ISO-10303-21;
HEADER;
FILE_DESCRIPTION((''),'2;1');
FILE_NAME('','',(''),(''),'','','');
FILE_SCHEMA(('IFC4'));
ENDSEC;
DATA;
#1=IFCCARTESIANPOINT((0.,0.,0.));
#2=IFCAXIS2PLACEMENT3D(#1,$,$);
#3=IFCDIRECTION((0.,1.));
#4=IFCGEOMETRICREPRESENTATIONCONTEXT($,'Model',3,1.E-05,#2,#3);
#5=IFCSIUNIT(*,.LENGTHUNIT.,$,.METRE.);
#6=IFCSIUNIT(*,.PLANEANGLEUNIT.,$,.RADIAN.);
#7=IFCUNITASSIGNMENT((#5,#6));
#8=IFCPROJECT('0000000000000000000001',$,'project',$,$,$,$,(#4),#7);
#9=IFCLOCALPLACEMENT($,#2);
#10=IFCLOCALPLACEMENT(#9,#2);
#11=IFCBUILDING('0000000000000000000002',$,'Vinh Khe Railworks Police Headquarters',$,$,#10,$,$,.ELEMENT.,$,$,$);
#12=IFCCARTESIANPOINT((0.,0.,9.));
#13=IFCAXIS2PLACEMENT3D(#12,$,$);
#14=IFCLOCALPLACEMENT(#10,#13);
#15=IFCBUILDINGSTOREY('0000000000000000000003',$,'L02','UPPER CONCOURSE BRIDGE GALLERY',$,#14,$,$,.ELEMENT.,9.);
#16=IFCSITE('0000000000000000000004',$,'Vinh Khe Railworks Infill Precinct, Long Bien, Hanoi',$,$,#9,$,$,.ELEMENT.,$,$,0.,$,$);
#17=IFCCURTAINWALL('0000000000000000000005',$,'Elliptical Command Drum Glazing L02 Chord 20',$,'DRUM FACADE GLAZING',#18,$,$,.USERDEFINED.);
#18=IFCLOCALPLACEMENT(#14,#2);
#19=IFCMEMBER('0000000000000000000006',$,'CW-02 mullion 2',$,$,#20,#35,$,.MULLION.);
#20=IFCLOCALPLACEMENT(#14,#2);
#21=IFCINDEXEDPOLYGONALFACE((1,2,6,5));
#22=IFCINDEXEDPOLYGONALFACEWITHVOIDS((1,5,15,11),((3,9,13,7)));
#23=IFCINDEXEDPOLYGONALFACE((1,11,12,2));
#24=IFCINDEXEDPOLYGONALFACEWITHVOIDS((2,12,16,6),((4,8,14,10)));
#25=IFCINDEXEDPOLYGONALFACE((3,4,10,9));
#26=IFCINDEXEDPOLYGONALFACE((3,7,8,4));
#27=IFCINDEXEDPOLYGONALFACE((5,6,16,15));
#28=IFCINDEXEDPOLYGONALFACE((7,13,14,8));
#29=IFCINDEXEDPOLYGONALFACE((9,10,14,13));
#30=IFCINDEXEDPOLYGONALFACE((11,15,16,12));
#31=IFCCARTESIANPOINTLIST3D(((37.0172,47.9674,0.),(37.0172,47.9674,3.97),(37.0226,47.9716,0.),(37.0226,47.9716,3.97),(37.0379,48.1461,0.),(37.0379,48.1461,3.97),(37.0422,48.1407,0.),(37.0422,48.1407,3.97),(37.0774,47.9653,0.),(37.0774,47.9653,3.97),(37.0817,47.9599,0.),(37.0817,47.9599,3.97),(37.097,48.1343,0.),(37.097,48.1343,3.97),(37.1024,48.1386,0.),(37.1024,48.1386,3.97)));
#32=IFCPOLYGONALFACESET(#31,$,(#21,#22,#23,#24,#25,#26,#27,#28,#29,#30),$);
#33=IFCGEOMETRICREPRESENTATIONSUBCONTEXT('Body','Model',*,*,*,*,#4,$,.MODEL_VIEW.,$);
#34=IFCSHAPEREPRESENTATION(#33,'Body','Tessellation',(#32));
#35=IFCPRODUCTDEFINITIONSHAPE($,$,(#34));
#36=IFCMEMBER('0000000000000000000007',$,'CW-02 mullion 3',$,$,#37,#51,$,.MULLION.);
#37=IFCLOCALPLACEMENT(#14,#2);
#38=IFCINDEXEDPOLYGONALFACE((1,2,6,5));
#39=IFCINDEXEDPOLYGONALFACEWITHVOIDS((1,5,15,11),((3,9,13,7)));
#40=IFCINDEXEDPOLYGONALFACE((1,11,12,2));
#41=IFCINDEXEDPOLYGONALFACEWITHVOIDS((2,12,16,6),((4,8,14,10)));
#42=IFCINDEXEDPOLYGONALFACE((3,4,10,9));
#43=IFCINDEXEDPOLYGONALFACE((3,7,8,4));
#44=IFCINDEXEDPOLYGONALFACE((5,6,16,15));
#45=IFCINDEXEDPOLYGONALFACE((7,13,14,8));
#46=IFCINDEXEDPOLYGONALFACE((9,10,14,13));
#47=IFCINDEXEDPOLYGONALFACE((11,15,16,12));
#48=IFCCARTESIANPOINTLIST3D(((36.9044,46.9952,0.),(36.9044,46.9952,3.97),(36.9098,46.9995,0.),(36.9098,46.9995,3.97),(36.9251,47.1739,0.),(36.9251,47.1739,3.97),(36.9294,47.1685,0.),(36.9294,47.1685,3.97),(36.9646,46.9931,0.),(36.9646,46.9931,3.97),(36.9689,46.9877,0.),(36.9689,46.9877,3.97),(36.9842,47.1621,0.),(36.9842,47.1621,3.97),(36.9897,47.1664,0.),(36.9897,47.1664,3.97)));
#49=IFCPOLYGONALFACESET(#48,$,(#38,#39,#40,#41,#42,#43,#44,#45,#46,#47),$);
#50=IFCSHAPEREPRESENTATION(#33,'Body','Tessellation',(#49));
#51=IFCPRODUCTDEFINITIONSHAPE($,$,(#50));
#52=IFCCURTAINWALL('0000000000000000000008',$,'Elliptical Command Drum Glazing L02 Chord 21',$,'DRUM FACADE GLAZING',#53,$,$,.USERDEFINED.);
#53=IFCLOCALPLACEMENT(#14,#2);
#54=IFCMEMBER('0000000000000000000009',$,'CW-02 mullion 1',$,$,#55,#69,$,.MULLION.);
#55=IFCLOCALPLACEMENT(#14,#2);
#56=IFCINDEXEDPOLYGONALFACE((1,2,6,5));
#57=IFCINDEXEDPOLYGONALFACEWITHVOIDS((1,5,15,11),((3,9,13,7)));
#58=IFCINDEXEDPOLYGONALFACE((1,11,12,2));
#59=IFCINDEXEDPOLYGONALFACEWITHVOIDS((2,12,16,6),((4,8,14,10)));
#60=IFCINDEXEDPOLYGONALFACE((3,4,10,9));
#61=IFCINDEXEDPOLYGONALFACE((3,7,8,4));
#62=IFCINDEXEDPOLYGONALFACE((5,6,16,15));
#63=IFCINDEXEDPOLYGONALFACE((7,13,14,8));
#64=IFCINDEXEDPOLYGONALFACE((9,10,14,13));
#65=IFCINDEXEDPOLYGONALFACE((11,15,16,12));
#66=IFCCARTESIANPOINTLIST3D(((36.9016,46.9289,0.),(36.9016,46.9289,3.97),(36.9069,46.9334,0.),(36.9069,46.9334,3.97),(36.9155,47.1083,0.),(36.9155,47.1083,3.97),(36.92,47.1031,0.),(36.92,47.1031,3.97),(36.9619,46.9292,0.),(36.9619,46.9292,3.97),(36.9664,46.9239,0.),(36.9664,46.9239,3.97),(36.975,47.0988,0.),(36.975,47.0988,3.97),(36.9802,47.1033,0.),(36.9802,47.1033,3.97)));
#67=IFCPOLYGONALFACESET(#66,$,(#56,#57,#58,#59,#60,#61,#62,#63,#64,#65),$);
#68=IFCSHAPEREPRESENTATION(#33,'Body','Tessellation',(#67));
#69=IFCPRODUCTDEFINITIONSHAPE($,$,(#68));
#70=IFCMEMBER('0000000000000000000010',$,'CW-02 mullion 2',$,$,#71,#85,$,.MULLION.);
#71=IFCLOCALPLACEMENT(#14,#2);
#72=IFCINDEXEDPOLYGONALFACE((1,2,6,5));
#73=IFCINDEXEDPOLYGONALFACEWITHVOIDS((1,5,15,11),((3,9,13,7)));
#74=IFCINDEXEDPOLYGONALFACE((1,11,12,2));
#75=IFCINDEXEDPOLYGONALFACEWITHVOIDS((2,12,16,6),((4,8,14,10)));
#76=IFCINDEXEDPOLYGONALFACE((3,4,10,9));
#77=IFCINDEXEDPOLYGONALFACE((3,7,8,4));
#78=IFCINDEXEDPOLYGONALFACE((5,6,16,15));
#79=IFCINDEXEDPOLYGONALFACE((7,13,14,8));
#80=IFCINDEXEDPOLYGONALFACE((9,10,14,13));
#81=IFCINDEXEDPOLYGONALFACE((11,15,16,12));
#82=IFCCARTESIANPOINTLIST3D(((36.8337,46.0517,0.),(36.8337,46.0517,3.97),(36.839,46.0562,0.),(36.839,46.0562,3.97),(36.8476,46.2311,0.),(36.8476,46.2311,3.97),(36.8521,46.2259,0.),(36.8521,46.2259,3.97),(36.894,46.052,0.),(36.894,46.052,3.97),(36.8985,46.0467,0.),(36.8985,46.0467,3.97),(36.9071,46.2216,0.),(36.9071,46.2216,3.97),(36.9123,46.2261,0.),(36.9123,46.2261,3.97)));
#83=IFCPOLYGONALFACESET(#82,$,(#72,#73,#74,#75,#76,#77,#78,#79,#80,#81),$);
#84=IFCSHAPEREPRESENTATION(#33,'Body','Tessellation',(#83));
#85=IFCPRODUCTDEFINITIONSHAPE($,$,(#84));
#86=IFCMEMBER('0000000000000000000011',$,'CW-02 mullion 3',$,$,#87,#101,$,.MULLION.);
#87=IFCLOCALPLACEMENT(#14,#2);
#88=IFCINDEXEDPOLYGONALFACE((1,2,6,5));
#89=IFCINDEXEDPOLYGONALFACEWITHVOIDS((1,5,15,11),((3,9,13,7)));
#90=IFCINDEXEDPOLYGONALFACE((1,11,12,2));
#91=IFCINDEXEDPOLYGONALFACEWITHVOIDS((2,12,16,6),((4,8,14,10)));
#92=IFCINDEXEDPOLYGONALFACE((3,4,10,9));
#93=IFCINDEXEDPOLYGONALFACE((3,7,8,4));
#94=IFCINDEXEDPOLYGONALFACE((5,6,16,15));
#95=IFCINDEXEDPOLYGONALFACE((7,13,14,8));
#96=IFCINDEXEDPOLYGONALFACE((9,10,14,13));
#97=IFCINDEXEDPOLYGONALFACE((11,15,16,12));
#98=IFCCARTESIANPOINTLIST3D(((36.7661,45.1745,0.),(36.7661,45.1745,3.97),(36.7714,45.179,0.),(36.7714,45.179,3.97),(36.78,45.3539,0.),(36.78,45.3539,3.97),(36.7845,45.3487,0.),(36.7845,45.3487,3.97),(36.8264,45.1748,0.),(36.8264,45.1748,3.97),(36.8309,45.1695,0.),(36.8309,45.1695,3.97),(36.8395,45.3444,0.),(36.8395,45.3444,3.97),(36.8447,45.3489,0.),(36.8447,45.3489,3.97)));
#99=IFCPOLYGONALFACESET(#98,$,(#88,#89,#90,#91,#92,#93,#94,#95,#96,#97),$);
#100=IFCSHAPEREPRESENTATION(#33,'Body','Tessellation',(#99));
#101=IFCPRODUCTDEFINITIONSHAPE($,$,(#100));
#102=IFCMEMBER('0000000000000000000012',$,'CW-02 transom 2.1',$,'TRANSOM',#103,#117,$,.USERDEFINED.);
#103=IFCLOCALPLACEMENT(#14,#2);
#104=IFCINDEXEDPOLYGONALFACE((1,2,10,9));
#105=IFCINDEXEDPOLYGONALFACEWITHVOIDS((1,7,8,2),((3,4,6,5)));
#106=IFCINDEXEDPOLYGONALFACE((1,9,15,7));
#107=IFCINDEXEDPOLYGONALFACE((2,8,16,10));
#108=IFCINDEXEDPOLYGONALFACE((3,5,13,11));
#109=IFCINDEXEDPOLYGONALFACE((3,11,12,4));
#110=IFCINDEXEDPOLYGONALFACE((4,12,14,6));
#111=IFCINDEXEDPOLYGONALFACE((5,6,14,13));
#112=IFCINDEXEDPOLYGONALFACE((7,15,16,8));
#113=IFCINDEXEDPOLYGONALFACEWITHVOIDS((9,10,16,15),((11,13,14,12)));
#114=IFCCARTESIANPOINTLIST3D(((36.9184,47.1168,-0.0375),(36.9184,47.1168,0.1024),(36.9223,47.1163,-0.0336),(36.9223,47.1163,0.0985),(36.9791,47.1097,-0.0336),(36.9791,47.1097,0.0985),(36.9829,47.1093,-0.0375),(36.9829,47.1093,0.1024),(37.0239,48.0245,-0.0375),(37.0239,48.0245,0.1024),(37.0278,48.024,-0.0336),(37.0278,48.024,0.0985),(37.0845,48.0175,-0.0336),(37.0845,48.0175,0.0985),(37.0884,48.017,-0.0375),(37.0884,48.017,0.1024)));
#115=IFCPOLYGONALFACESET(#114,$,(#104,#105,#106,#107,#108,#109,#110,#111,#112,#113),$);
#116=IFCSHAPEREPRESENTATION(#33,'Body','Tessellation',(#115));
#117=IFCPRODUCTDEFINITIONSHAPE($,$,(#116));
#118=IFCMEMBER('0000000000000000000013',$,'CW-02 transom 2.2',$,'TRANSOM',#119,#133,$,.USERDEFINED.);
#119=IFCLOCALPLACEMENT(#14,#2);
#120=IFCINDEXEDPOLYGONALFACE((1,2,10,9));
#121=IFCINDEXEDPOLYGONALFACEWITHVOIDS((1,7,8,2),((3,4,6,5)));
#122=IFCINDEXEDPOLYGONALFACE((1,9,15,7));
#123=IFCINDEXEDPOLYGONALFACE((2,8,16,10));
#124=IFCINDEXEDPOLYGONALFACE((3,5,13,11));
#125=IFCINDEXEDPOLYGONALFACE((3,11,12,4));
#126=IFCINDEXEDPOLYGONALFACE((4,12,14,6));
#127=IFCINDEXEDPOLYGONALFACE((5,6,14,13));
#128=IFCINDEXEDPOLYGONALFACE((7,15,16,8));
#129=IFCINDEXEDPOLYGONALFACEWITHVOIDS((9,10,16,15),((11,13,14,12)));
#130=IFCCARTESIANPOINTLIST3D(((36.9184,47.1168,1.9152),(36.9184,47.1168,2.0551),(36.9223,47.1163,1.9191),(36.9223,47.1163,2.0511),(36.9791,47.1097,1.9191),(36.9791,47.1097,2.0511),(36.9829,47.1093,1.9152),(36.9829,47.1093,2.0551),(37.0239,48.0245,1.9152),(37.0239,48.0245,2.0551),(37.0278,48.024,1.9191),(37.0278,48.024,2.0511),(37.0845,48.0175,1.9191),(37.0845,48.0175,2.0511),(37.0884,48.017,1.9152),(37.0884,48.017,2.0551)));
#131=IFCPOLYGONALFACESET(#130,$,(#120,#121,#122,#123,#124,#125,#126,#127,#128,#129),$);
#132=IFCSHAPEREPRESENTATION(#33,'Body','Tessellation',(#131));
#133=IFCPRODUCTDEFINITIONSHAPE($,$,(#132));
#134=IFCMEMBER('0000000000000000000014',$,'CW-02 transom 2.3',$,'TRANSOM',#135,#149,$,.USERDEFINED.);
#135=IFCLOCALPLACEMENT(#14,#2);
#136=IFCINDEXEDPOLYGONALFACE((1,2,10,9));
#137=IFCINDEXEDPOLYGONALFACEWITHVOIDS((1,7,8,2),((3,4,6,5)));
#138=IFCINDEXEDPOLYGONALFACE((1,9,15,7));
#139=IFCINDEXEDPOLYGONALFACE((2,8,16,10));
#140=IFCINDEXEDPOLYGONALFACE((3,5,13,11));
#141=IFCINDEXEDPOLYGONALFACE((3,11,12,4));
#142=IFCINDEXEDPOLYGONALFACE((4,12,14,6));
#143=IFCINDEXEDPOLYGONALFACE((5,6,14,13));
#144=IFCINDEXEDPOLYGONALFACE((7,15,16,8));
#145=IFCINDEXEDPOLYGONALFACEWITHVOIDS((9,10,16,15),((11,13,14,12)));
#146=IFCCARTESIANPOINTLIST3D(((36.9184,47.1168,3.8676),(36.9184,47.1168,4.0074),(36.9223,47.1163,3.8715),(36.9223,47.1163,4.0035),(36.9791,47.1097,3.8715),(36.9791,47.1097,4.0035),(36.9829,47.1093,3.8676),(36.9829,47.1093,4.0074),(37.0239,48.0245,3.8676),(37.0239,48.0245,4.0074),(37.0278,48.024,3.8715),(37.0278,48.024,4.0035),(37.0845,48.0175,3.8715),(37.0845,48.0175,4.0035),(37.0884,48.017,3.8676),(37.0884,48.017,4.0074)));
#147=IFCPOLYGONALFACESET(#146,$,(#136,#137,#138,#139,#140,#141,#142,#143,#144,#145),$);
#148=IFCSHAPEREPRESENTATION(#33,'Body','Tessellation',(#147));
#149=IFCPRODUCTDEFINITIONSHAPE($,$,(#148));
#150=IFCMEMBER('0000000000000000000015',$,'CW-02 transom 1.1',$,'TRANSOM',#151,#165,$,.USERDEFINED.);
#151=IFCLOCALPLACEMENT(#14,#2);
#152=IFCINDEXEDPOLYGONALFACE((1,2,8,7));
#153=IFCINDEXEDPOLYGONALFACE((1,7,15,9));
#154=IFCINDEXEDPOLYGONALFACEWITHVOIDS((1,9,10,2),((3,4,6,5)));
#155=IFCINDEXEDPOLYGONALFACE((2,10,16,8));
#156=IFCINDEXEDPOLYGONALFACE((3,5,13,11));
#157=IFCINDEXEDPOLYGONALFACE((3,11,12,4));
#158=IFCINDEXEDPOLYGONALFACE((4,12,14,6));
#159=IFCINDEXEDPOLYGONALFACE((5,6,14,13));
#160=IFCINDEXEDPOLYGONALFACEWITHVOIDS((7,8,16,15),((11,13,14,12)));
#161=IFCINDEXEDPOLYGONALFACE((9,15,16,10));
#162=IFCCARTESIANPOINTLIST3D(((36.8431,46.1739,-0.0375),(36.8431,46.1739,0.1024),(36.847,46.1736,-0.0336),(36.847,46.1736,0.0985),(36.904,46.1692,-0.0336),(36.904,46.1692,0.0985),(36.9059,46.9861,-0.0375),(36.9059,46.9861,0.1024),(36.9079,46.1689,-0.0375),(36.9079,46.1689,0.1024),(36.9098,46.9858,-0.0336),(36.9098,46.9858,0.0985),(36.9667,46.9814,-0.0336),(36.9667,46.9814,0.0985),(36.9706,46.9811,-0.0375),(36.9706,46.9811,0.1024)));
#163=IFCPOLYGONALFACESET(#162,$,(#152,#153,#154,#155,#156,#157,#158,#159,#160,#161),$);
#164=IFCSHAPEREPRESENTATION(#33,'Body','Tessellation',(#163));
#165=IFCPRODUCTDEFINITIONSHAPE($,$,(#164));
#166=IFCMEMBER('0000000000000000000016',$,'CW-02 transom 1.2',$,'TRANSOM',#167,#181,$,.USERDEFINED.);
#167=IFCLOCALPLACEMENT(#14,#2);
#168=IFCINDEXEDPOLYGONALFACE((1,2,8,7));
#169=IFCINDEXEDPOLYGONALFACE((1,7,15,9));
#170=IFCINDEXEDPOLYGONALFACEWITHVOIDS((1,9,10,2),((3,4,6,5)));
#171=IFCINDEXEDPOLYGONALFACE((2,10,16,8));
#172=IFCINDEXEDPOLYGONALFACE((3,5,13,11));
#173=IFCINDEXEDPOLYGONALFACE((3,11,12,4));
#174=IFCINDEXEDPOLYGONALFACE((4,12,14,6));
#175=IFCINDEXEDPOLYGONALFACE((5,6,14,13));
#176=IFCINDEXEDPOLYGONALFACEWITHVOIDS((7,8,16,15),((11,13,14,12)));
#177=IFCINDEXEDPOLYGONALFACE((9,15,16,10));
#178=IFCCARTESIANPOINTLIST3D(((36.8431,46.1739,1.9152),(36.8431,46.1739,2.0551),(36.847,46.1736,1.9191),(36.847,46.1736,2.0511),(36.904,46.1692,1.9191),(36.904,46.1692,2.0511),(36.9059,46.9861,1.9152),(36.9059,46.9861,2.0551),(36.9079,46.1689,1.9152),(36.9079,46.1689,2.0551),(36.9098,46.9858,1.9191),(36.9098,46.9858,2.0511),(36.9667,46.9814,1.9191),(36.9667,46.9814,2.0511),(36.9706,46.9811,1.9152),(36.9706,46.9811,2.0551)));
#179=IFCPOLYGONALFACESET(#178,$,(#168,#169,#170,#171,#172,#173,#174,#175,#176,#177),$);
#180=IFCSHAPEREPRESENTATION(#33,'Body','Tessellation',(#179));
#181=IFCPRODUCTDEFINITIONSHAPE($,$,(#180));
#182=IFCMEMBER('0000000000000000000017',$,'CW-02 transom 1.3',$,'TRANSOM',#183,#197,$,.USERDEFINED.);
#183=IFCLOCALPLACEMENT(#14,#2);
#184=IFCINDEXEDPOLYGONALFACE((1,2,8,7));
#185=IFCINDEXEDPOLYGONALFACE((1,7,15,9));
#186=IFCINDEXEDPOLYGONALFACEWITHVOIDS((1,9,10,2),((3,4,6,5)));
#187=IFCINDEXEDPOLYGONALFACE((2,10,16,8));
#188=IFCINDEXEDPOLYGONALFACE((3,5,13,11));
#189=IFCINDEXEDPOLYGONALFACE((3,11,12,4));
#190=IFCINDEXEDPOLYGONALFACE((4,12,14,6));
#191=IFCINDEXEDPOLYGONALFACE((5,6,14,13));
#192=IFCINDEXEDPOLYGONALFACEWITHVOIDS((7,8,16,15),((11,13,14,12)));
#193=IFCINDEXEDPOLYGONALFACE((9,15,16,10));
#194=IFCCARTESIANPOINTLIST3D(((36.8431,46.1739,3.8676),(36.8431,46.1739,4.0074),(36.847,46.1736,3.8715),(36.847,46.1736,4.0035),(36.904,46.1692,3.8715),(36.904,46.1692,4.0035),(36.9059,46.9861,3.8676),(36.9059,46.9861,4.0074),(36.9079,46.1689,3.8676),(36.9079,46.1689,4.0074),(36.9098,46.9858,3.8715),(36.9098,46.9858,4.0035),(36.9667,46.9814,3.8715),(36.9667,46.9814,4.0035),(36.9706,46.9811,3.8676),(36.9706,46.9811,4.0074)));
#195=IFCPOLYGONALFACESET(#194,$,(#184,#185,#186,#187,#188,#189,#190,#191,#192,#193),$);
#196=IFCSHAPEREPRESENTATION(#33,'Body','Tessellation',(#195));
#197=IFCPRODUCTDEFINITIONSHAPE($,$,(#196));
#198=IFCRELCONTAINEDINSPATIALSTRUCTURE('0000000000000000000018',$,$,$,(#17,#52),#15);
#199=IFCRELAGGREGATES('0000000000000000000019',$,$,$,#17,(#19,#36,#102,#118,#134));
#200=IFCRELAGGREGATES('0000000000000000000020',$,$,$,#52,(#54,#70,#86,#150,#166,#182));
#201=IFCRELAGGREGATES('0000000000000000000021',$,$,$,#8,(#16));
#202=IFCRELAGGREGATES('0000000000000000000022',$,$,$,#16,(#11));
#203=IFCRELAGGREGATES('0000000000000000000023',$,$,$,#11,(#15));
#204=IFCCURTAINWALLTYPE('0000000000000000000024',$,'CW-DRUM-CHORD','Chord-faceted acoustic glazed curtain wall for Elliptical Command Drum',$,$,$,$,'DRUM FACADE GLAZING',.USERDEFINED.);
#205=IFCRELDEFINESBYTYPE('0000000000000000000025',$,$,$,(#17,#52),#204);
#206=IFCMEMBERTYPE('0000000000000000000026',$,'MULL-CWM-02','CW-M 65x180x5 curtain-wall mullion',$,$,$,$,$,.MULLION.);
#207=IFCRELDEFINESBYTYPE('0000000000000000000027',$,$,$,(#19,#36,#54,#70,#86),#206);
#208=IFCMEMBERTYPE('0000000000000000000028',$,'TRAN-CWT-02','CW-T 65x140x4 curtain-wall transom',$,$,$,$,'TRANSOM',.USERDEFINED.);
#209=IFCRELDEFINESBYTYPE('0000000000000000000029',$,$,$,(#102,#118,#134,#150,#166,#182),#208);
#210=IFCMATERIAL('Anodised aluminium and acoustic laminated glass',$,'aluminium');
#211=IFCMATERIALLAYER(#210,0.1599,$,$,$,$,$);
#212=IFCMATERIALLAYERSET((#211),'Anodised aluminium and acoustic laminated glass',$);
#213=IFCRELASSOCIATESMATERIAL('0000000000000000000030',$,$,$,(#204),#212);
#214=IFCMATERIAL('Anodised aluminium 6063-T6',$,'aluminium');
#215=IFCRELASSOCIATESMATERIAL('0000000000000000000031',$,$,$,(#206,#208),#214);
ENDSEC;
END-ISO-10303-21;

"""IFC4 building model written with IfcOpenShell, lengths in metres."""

from ifc_helpers import new_model, si_unit, direction, frame, origin, origin_2d, place, context, subcontext, project, spatial, hollow_rectangle, extrude, material, layer, layer_set, material_profile, profile_set, type_object, element, aggregate, save


model = new_model("IFC4")

# Units and contexts
model_context = context("Model", 3, precision=1e-05, world=origin(), true_north=direction((0.0, 1.0)))
body_context = subcontext(model_context, "Body", "Model", "MODEL_VIEW")
ifc_project = project(units=[si_unit("LENGTHUNIT", "METRE"), si_unit("PLANEANGLEUNIT", "RADIAN")], contexts=[model_context])

# Site, building, storey
site_placement = place(None, origin())
site = spatial("IfcSite", under=ifc_project, at=site_placement, Name="Vinh Khe Railworks Infill Precinct, Long Bien, Hanoi", CompositionType="ELEMENT", RefElevation=0.0)
building_placement = place(site_placement, origin())
building = spatial("IfcBuilding", under=site, at=building_placement, Name="Vinh Khe Railworks Police Headquarters", CompositionType="ELEMENT")
storey_placement = place(building_placement, frame((0.0, 0.0, 9.0)))
storey = spatial("IfcBuildingStorey", under=building, at=storey_placement, Name="L02", Description="UPPER CONCOURSE BRIDGE GALLERY", CompositionType="ELEMENT", Elevation=9.0)

# Curtain walls, members
ifc_material_1 = material(Name="Anodised aluminium and acoustic laminated glass", Category="aluminium")
ifc_layer_1 = layer(ifc_material_1, 0.1599)
ifc_layer_set_1 = layer_set([ifc_layer_1], Name="Anodised aluminium and acoustic laminated glass")
curtain_wall_type = type_object("IfcCurtainWallType", Name="CW-DRUM-CHORD", Description="Chord-faceted acoustic glazed curtain wall for Elliptical Command Drum", ElementType="DRUM FACADE GLAZING", PredefinedType="USERDEFINED", material=ifc_layer_set_1)
curtain_wall_1_placement = place(storey_placement, origin())
curtain_wall_1 = element("IfcCurtainWall", 1, at=curtain_wall_1_placement, inside=storey, type_object=curtain_wall_type, Name="Elliptical Command Drum Glazing L02 Chord 20", ObjectType="DRUM FACADE GLAZING", PredefinedType="USERDEFINED")
ifc_material_2 = material(Name="Anodised aluminium 6063-T6", Category="aluminium")
ifc_material_profile_1 = material_profile(ifc_material_2, hollow_rectangle(XDim=0.0649, YDim=0.1799, WallThickness=0.0049, at=origin_2d()), Name="CW-M 65x180x5")
ifc_profile_set_1 = profile_set([ifc_material_profile_1], Name="Anodised aluminium 6063-T6")
member_type_1 = type_object("IfcMemberType", Name="MULL-CWM-02", Description="CW-M 65x180x5 curtain-wall mullion", PredefinedType="MULLION", material=ifc_profile_set_1)
member_1_placement = place(storey_placement, frame((37.0598, 48.053, 0.0), z_axis=(0.0, 0.0, 1.0), x_axis=(0.993329, -0.115318, 0.0)))
member_1 = element("IfcMember", 2, at=member_1_placement, type_object=member_type_1, Name="CW-02 mullion 2", PredefinedType="MULLION", context=body_context, shape_type="SweptSolid", body=[
    extrude(hollow_rectangle(XDim=0.0649, YDim=0.1799, WallThickness=0.0049, at=origin_2d()), origin(), (0.0, 0.0, 1.0), 3.97),
])
member_2_placement = place(storey_placement, frame((36.947, 47.0808, 0.0), z_axis=(0.0, 0.0, 1.0), x_axis=(0.993329, -0.115318, 0.0)))
member_2 = element("IfcMember", 3, at=member_2_placement, type_object=member_type_1, Name="CW-02 mullion 3", PredefinedType="MULLION", context=body_context, shape_type="SweptSolid", body=[
    extrude(hollow_rectangle(XDim=0.0649, YDim=0.1799, WallThickness=0.0049, at=origin_2d()), origin(), (0.0, 0.0, 1.0), 3.97),
])
curtain_wall_2_placement = place(storey_placement, origin())
curtain_wall_2 = element("IfcCurtainWall", 4, at=curtain_wall_2_placement, inside=storey, type_object=curtain_wall_type, Name="Elliptical Command Drum Glazing L02 Chord 21", ObjectType="DRUM FACADE GLAZING", PredefinedType="USERDEFINED")
member_3_placement = place(storey_placement, frame((36.9409, 47.0161, 0.0), z_axis=(0.0, 0.0, 1.0), x_axis=(0.997033, -0.076969, 0.0)))
member_3 = element("IfcMember", 5, at=member_3_placement, type_object=member_type_1, Name="CW-02 mullion 1", PredefinedType="MULLION", context=body_context, shape_type="SweptSolid", body=[
    extrude(hollow_rectangle(XDim=0.0649, YDim=0.1799, WallThickness=0.0049, at=origin_2d()), origin(), (0.0, 0.0, 1.0), 3.97),
])
member_4_placement = place(storey_placement, frame((36.873, 46.1389, 0.0), z_axis=(0.0, 0.0, 1.0), x_axis=(0.997033, -0.076969, 0.0)))
member_4 = element("IfcMember", 6, at=member_4_placement, type_object=member_type_1, Name="CW-02 mullion 2", PredefinedType="MULLION", context=body_context, shape_type="SweptSolid", body=[
    extrude(hollow_rectangle(XDim=0.0649, YDim=0.1799, WallThickness=0.0049, at=origin_2d()), origin(), (0.0, 0.0, 1.0), 3.97),
])
member_5_placement = place(storey_placement, frame((36.8054, 45.2617, 0.0), z_axis=(0.0, 0.0, 1.0), x_axis=(0.997033, -0.076969, 0.0)))
member_5 = element("IfcMember", 7, at=member_5_placement, type_object=member_type_1, Name="CW-02 mullion 3", PredefinedType="MULLION", context=body_context, shape_type="SweptSolid", body=[
    extrude(hollow_rectangle(XDim=0.0649, YDim=0.1799, WallThickness=0.0049, at=origin_2d()), origin(), (0.0, 0.0, 1.0), 3.97),
])

# Members
ifc_material_profile_2 = material_profile(ifc_material_2, hollow_rectangle(XDim=0.0649, YDim=0.1399, WallThickness=0.0039, at=origin_2d()), Name="CW-T 65x140x4")
ifc_profile_set_2 = profile_set([ifc_material_profile_2], Name="Anodised aluminium 6063-T6")
member_type_2 = type_object("IfcMemberType", Name="TRAN-CWT-02", Description="CW-T 65x140x4 curtain-wall transom", ElementType="TRANSOM", PredefinedType="USERDEFINED", material=ifc_profile_set_2)
member_6_placement = place(storey_placement, frame((37.0562, 48.0208, 0.0325), z_axis=(-0.115415, -0.993317, 0.0), x_axis=(0.993317, -0.115415, 0.0)))
member_6 = element("IfcMember", 8, at=member_6_placement, type_object=member_type_2, Name="CW-02 transom 2.1", ObjectType="TRANSOM", PredefinedType="USERDEFINED", context=body_context, shape_type="SweptSolid", body=[
    extrude(hollow_rectangle(XDim=0.0649, YDim=0.1399, WallThickness=0.0039, at=origin_2d()), origin(), (0.0, 0.0, 1.0), 0.9138),
])
member_7_placement = place(storey_placement, frame((37.0562, 48.0208, 1.9851), z_axis=(-0.115415, -0.993317, 0.0), x_axis=(0.993317, -0.115415, 0.0)))
member_7 = element("IfcMember", 9, at=member_7_placement, type_object=member_type_2, Name="CW-02 transom 2.2", ObjectType="TRANSOM", PredefinedType="USERDEFINED", context=body_context, shape_type="SweptSolid", body=[
    extrude(hollow_rectangle(XDim=0.0649, YDim=0.1399, WallThickness=0.0039, at=origin_2d()), origin(), (0.0, 0.0, 1.0), 0.9138),
])
member_8_placement = place(storey_placement, frame((37.0562, 48.0208, 3.9375), z_axis=(-0.115415, -0.993317, 0.0), x_axis=(0.993317, -0.115415, 0.0)))
member_8 = element("IfcMember", 10, at=member_8_placement, type_object=member_type_2, Name="CW-02 transom 2.3", ObjectType="TRANSOM", PredefinedType="USERDEFINED", context=body_context, shape_type="SweptSolid", body=[
    extrude(hollow_rectangle(XDim=0.0649, YDim=0.1399, WallThickness=0.0039, at=origin_2d()), origin(), (0.0, 0.0, 1.0), 0.9138),
])
member_9_placement = place(storey_placement, frame((36.9382, 46.9836, 0.0325), z_axis=(-0.077017, -0.99703, 0.0), x_axis=(0.99703, -0.077017, 0.0)))
member_9 = element("IfcMember", 11, at=member_9_placement, type_object=member_type_2, Name="CW-02 transom 1.1", ObjectType="TRANSOM", PredefinedType="USERDEFINED", context=body_context, shape_type="SweptSolid", body=[
    extrude(hollow_rectangle(XDim=0.0649, YDim=0.1399, WallThickness=0.0039, at=origin_2d()), origin(), (0.0, 0.0, 1.0), 0.8147),
])
member_10_placement = place(storey_placement, frame((36.9382, 46.9836, 1.9851), z_axis=(-0.077017, -0.99703, 0.0), x_axis=(0.99703, -0.077017, 0.0)))
member_10 = element("IfcMember", 12, at=member_10_placement, type_object=member_type_2, Name="CW-02 transom 1.2", ObjectType="TRANSOM", PredefinedType="USERDEFINED", context=body_context, shape_type="SweptSolid", body=[
    extrude(hollow_rectangle(XDim=0.0649, YDim=0.1399, WallThickness=0.0039, at=origin_2d()), origin(), (0.0, 0.0, 1.0), 0.8147),
])
member_11_placement = place(storey_placement, frame((36.9382, 46.9836, 3.9375), z_axis=(-0.077017, -0.99703, 0.0), x_axis=(0.99703, -0.077017, 0.0)))
member_11 = element("IfcMember", 13, at=member_11_placement, type_object=member_type_2, Name="CW-02 transom 1.3", ObjectType="TRANSOM", PredefinedType="USERDEFINED", context=body_context, shape_type="SweptSolid", body=[
    extrude(hollow_rectangle(XDim=0.0649, YDim=0.1399, WallThickness=0.0039, at=origin_2d()), origin(), (0.0, 0.0, 1.0), 0.8147),
])

aggregate(curtain_wall_1, [member_1, member_2, member_6, member_7, member_8])
aggregate(curtain_wall_2, [member_3, member_4, member_5, member_9, member_10, member_11])

save(model, "model.ifc")
